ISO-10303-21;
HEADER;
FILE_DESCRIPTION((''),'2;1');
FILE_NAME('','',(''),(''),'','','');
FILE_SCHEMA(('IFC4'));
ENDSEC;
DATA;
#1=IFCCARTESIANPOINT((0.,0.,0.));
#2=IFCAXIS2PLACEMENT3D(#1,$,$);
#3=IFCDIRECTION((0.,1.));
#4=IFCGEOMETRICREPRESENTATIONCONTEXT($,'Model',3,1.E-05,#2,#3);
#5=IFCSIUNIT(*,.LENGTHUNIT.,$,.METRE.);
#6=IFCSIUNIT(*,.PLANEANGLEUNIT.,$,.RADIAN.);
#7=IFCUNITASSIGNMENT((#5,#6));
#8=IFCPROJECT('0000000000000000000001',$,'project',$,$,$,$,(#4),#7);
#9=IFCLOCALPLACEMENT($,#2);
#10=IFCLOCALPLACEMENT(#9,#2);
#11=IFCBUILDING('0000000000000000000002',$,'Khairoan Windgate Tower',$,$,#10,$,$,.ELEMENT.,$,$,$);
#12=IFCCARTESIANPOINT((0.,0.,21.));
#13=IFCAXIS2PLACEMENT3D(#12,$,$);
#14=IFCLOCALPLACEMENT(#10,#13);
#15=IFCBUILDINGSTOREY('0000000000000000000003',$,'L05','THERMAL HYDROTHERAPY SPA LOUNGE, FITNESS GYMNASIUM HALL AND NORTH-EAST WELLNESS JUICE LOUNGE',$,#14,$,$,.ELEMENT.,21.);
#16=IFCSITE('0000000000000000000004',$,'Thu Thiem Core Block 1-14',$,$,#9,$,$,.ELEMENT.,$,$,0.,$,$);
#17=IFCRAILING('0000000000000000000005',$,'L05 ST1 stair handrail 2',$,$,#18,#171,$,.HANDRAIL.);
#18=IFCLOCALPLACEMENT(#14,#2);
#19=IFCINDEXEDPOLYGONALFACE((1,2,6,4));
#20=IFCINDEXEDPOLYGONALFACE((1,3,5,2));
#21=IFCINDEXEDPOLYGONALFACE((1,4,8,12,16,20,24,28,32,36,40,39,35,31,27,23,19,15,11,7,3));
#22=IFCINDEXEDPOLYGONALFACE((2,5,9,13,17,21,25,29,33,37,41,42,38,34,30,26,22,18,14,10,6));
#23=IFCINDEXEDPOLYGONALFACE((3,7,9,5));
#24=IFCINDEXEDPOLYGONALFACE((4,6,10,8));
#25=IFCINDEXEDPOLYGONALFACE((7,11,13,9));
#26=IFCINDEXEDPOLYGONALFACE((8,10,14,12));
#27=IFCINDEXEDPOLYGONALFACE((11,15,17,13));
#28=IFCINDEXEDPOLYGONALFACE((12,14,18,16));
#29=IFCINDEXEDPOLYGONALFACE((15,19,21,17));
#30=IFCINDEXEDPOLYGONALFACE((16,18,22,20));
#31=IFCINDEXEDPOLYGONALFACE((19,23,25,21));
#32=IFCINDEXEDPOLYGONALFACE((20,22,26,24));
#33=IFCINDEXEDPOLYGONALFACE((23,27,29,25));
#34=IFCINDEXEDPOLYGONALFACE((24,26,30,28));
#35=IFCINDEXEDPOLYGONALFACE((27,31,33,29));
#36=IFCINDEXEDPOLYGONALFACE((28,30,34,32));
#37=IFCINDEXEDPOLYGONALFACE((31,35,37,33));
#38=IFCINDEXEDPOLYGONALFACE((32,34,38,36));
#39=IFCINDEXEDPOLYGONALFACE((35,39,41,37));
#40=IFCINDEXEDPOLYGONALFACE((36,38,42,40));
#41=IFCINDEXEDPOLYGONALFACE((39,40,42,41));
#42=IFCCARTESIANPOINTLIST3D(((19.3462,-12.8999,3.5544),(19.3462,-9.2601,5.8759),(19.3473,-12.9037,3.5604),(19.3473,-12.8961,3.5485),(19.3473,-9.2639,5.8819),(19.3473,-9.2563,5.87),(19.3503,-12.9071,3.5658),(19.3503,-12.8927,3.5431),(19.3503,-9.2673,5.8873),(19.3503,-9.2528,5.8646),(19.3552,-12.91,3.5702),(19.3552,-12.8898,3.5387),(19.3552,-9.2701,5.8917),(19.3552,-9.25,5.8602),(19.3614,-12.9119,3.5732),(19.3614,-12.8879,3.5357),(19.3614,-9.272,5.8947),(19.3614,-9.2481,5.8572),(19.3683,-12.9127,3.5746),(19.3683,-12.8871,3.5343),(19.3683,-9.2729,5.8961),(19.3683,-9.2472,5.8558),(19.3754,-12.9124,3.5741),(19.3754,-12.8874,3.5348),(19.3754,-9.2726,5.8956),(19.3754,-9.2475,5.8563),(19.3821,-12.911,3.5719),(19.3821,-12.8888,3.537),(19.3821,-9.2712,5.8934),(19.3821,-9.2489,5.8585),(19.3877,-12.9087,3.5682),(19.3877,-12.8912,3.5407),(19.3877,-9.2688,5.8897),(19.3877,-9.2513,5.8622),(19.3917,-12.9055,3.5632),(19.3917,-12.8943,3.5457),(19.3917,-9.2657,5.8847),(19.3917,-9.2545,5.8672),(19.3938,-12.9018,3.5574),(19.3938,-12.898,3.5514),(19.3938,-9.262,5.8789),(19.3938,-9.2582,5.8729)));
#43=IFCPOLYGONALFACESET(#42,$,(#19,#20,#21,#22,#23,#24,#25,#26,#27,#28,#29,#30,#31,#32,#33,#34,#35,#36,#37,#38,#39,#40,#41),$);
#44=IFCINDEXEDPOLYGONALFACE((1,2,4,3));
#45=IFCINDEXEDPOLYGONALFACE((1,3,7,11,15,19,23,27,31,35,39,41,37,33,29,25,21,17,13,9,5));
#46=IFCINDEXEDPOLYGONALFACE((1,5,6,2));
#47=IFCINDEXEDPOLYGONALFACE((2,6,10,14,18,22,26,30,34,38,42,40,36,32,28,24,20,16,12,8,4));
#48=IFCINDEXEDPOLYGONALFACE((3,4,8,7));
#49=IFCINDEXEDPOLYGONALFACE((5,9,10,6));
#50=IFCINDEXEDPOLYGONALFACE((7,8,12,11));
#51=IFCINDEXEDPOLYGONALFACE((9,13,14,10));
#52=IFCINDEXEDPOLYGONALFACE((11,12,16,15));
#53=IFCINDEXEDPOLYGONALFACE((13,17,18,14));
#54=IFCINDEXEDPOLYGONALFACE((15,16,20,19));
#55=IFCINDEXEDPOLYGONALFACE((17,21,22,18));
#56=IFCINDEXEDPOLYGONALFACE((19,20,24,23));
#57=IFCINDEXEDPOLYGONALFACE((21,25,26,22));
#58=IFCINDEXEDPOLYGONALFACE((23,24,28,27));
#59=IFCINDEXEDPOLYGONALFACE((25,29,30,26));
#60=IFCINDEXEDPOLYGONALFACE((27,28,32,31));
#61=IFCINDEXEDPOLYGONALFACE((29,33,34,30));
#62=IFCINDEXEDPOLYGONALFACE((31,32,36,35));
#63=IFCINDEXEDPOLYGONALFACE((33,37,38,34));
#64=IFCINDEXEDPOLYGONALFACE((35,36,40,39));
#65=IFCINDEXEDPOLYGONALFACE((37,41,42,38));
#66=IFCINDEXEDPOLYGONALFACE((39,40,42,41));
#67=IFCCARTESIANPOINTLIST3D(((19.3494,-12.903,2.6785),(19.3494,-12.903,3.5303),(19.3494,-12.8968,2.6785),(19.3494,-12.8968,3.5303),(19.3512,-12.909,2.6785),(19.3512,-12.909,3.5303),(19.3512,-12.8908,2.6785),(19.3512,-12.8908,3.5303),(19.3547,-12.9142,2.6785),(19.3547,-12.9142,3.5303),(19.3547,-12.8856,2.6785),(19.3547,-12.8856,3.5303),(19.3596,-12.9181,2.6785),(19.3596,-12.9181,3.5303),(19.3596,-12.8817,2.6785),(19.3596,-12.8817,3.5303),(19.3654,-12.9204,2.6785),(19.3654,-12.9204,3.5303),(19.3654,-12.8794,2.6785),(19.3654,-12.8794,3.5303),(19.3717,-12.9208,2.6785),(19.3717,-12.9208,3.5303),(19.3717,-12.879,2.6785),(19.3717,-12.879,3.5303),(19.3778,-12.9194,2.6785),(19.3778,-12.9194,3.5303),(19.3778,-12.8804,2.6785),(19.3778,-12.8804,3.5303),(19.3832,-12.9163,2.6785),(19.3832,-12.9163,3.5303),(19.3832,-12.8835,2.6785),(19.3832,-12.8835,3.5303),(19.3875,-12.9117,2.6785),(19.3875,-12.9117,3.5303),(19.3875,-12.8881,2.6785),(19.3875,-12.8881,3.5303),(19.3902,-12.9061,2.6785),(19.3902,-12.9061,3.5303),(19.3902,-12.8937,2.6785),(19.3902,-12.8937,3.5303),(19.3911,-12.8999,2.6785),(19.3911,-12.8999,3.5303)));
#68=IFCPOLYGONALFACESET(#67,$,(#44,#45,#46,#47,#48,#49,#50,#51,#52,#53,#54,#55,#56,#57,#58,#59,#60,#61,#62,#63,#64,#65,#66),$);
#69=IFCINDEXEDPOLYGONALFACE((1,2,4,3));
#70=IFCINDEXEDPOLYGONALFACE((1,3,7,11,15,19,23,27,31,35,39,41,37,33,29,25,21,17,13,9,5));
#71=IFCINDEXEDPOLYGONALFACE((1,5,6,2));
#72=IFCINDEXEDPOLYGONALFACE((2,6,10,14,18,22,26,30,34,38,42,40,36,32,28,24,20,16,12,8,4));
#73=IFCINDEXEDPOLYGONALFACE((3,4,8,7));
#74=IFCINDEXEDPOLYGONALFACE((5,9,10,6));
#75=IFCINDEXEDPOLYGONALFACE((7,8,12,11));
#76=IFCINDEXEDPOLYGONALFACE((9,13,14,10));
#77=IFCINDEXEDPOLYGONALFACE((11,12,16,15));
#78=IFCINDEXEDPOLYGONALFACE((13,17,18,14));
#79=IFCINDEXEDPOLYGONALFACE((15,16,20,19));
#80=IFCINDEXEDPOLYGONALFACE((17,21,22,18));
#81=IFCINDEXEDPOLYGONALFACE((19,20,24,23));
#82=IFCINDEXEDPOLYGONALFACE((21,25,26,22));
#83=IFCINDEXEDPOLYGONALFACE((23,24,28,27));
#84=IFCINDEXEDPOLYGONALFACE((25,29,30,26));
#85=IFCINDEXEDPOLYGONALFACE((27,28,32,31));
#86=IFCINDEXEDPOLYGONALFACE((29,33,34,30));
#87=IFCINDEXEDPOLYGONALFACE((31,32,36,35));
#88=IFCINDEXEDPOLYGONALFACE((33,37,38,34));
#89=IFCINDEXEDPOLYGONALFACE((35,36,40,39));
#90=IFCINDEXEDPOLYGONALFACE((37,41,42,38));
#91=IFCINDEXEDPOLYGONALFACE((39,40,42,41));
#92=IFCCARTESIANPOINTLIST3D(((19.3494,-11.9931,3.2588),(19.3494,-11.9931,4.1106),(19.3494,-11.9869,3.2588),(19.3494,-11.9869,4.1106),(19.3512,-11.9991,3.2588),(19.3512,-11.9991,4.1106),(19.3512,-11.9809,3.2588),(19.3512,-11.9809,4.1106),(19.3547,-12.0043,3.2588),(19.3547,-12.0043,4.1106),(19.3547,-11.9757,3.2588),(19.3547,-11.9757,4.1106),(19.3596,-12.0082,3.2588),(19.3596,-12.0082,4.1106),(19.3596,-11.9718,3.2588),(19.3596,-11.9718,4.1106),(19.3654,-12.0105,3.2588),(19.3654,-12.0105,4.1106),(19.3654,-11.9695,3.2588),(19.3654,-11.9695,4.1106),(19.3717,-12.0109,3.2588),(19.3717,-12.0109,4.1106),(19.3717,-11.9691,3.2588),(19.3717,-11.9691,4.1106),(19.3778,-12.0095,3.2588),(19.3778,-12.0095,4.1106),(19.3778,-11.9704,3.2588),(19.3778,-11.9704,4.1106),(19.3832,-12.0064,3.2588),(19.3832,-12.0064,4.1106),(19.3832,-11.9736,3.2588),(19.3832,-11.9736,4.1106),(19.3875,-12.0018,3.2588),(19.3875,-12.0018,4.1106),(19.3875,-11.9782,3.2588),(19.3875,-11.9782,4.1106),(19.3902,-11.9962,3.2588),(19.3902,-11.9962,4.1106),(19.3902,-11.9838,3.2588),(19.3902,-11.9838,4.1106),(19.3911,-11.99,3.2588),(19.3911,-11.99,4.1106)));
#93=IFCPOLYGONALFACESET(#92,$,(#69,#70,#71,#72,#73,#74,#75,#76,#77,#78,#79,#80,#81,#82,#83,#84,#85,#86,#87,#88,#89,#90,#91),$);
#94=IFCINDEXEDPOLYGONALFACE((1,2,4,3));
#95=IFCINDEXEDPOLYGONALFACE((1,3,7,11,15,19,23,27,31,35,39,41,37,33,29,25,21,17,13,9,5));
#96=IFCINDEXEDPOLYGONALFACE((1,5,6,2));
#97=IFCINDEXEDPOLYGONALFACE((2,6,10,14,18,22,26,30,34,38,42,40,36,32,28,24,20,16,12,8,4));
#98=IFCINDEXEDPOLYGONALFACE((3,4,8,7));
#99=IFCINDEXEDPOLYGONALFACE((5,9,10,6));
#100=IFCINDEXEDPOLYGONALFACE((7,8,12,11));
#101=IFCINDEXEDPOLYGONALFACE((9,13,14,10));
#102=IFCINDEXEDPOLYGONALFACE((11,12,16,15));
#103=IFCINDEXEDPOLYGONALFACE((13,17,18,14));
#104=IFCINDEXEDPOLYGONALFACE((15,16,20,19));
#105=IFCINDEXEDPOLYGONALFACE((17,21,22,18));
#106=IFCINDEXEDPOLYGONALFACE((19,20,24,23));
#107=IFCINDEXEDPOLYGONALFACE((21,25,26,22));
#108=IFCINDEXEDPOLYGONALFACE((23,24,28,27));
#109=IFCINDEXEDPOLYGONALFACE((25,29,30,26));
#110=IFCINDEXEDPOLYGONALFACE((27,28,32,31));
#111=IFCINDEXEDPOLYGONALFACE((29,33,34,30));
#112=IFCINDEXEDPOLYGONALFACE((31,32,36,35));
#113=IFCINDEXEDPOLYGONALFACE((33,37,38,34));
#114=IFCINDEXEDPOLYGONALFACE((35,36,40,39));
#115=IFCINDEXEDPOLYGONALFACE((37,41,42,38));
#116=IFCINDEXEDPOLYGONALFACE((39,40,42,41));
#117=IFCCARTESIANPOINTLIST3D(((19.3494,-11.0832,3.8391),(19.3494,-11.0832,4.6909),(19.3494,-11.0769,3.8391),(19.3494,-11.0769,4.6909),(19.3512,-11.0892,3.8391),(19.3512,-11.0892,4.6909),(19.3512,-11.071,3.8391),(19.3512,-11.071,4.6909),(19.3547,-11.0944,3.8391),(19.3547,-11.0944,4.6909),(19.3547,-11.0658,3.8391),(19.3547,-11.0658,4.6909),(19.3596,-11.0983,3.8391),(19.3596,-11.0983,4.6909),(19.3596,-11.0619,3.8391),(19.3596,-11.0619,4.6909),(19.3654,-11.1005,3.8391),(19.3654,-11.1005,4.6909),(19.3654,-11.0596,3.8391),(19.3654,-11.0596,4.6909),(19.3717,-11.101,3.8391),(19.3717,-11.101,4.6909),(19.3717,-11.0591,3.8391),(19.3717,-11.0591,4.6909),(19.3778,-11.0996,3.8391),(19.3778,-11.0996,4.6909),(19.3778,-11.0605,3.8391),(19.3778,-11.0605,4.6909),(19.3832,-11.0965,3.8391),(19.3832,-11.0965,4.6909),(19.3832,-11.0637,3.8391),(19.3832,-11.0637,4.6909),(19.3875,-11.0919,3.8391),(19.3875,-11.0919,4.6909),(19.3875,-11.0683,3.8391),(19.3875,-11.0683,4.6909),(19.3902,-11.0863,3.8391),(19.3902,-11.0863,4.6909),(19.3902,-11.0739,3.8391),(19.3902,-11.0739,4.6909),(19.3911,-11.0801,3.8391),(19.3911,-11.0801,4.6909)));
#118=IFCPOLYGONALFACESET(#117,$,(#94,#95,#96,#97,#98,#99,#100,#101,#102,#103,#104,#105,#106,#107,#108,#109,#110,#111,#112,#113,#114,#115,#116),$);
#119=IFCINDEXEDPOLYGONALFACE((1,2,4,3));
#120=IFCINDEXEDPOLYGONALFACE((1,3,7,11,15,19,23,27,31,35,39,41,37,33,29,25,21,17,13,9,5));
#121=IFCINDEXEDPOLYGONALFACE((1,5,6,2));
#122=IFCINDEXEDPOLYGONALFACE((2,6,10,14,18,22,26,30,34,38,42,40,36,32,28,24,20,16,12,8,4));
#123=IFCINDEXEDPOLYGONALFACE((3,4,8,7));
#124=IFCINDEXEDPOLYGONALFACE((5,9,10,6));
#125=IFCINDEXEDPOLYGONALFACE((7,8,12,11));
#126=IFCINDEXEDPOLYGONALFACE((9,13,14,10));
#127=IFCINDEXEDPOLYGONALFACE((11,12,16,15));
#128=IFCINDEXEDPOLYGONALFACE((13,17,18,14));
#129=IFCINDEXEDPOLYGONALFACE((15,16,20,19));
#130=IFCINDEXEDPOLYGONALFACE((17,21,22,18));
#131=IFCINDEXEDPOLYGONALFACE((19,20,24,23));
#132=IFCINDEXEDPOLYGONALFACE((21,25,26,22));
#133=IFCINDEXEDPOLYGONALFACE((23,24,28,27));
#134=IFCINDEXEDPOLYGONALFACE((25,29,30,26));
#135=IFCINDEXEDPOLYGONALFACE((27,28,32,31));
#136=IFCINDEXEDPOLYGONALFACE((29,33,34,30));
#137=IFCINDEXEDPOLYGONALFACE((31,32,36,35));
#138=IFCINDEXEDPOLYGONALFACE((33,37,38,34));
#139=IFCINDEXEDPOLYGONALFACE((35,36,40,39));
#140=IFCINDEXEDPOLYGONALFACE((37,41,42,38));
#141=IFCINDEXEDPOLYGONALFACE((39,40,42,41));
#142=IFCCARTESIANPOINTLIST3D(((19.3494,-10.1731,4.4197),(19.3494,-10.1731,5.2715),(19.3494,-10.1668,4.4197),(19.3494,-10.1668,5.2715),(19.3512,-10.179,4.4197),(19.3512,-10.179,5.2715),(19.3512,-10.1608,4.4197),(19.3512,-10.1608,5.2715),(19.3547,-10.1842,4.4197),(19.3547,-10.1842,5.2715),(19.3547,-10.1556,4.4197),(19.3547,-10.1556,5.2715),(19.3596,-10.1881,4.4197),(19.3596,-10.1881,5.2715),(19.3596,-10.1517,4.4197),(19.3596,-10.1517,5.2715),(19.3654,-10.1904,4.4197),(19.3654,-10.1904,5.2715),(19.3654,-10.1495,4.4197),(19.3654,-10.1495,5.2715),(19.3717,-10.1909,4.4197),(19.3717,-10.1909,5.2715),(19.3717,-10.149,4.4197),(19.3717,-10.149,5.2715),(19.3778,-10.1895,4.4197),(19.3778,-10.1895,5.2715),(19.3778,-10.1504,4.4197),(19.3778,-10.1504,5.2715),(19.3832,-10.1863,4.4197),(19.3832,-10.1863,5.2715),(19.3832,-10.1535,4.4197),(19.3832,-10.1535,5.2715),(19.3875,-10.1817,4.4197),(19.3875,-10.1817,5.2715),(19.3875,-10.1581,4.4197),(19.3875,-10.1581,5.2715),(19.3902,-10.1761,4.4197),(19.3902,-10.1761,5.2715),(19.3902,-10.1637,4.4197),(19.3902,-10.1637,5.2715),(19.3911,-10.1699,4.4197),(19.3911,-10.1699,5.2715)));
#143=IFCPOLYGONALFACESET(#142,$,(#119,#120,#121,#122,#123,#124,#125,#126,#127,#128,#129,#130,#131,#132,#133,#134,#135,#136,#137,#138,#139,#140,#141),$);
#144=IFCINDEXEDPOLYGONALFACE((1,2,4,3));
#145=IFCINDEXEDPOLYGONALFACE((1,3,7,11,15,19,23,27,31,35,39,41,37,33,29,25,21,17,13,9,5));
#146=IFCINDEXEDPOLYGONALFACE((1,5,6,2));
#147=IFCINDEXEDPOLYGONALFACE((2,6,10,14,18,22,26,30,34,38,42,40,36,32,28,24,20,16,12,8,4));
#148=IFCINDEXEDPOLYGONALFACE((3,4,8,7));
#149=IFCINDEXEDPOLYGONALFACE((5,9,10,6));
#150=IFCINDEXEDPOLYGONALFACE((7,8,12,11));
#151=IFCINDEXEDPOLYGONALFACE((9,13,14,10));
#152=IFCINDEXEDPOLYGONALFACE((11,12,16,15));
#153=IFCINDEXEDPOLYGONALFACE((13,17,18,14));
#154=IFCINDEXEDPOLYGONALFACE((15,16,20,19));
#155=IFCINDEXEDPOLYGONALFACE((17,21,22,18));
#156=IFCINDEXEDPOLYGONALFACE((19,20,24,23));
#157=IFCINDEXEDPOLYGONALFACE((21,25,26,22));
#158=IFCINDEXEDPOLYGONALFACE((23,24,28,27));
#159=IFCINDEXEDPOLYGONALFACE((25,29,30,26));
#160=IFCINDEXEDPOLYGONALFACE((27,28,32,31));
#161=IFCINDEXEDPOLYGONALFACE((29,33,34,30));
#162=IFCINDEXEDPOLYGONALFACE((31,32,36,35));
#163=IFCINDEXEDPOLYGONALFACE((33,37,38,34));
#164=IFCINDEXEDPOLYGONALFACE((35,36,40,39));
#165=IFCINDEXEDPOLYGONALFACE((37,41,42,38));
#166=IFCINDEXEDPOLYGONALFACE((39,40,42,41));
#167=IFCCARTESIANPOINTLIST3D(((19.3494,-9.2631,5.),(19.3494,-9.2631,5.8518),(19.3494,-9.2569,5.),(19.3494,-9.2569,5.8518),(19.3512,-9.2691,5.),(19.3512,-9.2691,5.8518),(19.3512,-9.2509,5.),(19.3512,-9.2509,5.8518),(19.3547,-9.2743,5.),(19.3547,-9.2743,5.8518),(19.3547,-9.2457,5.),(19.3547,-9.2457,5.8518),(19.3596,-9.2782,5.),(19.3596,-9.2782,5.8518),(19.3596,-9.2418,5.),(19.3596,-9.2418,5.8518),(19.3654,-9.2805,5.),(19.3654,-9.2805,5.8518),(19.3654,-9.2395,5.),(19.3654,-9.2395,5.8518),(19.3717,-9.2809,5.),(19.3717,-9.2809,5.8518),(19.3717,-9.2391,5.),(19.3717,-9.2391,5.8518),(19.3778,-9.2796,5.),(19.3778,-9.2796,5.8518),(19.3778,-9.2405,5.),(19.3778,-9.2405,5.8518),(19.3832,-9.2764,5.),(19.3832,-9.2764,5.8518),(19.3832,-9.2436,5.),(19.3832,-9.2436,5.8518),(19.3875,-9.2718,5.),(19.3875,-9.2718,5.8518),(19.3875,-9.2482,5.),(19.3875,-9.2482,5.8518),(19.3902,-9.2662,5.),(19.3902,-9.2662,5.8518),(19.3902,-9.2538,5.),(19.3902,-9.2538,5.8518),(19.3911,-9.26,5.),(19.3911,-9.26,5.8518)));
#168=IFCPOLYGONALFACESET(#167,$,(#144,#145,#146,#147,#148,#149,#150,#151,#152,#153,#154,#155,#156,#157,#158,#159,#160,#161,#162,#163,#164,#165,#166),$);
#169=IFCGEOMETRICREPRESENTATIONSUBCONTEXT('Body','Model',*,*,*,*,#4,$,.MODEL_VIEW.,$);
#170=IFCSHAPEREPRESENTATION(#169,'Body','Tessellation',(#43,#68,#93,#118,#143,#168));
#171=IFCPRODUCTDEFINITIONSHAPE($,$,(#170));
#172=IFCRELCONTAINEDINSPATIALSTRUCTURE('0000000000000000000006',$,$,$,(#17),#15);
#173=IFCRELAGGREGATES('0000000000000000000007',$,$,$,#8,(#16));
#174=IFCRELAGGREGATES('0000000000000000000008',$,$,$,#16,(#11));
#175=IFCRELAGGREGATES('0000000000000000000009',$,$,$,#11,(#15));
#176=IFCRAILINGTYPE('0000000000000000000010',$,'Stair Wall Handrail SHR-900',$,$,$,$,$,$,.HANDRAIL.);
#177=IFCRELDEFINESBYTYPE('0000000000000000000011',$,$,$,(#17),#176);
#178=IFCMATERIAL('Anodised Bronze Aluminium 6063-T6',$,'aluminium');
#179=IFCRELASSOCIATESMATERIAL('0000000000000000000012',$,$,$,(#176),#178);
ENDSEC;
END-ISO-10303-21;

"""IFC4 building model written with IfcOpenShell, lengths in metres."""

from ifc_helpers import new_model, si_unit, direction, frame, origin, origin_2d, place, context, subcontext, project, spatial, circle, extrude, material, type_object, element, save


model = new_model("IFC4")

# Units and contexts
model_context = context("Model", 3, precision=1e-05, world=origin(), true_north=direction((0.0, 1.0)))
body_context = subcontext(model_context, "Body", "Model", "MODEL_VIEW")
ifc_project = project(units=[si_unit("LENGTHUNIT", "METRE"), si_unit("PLANEANGLEUNIT", "RADIAN")], contexts=[model_context])

# Site, building, storey
site_placement = place(None, origin())
site = spatial("IfcSite", under=ifc_project, at=site_placement, Name="Thu Thiem Core Block 1-14", CompositionType="ELEMENT", RefElevation=0.0)
building_placement = place(site_placement, origin())
building = spatial("IfcBuilding", under=site, at=building_placement, Name="Khairoan Windgate Tower", CompositionType="ELEMENT")
storey_placement = place(building_placement, frame((0.0, 0.0, 21.0)))
storey = spatial("IfcBuildingStorey", under=building, at=storey_placement, Name="L05", Description="THERMAL HYDROTHERAPY SPA LOUNGE, FITNESS GYMNASIUM HALL AND NORTH-EAST WELLNESS JUICE LOUNGE", CompositionType="ELEMENT", Elevation=21.0)

# Railing
ifc_material_1 = material(Name="Anodised Bronze Aluminium 6063-T6", Category="aluminium")
railing_type_1 = type_object("IfcRailingType", Name="Stair Wall Handrail SHR-900", PredefinedType="HANDRAIL", material=ifc_material_1)
railing_1_placement = place(storey_placement, frame((19.3701, -12.8999, 2.6785)))
element("IfcRailing", 1, at=railing_1_placement, inside=storey, type_object=railing_type_1, Name="L05 ST1 stair handrail 2", PredefinedType="HANDRAIL", context=body_context, shape_type="SweptSolid", body=[
    extrude(circle(Radius=0.0239, at=origin_2d()), frame((0.0, 0.0, 0.876), z_axis=(0.0, 0.843112, 0.537739), x_axis=(-1.0, 0.0, 0.0)), (0.0, 0.0, 1.0), 4.3171),
    extrude(circle(Radius=0.021, at=origin_2d()), origin(), (0.0, 0.0, 1.0), 0.8518),
    extrude(circle(Radius=0.021, at=origin_2d()), frame((0.0, 0.9099, 0.5803)), (0.0, 0.0, 1.0), 0.8518),
    extrude(circle(Radius=0.021, at=origin_2d()), frame((0.0, 1.8198, 1.1606)), (0.0, 0.0, 1.0), 0.8518),
    extrude(circle(Radius=0.021, at=origin_2d()), frame((0.0, 2.73, 1.7412)), (0.0, 0.0, 1.0), 0.8518),
    extrude(circle(Radius=0.021, at=origin_2d()), frame((0.0, 3.6399, 2.3215)), (0.0, 0.0, 1.0), 0.8518),
])

save(model, "model.ifc")
